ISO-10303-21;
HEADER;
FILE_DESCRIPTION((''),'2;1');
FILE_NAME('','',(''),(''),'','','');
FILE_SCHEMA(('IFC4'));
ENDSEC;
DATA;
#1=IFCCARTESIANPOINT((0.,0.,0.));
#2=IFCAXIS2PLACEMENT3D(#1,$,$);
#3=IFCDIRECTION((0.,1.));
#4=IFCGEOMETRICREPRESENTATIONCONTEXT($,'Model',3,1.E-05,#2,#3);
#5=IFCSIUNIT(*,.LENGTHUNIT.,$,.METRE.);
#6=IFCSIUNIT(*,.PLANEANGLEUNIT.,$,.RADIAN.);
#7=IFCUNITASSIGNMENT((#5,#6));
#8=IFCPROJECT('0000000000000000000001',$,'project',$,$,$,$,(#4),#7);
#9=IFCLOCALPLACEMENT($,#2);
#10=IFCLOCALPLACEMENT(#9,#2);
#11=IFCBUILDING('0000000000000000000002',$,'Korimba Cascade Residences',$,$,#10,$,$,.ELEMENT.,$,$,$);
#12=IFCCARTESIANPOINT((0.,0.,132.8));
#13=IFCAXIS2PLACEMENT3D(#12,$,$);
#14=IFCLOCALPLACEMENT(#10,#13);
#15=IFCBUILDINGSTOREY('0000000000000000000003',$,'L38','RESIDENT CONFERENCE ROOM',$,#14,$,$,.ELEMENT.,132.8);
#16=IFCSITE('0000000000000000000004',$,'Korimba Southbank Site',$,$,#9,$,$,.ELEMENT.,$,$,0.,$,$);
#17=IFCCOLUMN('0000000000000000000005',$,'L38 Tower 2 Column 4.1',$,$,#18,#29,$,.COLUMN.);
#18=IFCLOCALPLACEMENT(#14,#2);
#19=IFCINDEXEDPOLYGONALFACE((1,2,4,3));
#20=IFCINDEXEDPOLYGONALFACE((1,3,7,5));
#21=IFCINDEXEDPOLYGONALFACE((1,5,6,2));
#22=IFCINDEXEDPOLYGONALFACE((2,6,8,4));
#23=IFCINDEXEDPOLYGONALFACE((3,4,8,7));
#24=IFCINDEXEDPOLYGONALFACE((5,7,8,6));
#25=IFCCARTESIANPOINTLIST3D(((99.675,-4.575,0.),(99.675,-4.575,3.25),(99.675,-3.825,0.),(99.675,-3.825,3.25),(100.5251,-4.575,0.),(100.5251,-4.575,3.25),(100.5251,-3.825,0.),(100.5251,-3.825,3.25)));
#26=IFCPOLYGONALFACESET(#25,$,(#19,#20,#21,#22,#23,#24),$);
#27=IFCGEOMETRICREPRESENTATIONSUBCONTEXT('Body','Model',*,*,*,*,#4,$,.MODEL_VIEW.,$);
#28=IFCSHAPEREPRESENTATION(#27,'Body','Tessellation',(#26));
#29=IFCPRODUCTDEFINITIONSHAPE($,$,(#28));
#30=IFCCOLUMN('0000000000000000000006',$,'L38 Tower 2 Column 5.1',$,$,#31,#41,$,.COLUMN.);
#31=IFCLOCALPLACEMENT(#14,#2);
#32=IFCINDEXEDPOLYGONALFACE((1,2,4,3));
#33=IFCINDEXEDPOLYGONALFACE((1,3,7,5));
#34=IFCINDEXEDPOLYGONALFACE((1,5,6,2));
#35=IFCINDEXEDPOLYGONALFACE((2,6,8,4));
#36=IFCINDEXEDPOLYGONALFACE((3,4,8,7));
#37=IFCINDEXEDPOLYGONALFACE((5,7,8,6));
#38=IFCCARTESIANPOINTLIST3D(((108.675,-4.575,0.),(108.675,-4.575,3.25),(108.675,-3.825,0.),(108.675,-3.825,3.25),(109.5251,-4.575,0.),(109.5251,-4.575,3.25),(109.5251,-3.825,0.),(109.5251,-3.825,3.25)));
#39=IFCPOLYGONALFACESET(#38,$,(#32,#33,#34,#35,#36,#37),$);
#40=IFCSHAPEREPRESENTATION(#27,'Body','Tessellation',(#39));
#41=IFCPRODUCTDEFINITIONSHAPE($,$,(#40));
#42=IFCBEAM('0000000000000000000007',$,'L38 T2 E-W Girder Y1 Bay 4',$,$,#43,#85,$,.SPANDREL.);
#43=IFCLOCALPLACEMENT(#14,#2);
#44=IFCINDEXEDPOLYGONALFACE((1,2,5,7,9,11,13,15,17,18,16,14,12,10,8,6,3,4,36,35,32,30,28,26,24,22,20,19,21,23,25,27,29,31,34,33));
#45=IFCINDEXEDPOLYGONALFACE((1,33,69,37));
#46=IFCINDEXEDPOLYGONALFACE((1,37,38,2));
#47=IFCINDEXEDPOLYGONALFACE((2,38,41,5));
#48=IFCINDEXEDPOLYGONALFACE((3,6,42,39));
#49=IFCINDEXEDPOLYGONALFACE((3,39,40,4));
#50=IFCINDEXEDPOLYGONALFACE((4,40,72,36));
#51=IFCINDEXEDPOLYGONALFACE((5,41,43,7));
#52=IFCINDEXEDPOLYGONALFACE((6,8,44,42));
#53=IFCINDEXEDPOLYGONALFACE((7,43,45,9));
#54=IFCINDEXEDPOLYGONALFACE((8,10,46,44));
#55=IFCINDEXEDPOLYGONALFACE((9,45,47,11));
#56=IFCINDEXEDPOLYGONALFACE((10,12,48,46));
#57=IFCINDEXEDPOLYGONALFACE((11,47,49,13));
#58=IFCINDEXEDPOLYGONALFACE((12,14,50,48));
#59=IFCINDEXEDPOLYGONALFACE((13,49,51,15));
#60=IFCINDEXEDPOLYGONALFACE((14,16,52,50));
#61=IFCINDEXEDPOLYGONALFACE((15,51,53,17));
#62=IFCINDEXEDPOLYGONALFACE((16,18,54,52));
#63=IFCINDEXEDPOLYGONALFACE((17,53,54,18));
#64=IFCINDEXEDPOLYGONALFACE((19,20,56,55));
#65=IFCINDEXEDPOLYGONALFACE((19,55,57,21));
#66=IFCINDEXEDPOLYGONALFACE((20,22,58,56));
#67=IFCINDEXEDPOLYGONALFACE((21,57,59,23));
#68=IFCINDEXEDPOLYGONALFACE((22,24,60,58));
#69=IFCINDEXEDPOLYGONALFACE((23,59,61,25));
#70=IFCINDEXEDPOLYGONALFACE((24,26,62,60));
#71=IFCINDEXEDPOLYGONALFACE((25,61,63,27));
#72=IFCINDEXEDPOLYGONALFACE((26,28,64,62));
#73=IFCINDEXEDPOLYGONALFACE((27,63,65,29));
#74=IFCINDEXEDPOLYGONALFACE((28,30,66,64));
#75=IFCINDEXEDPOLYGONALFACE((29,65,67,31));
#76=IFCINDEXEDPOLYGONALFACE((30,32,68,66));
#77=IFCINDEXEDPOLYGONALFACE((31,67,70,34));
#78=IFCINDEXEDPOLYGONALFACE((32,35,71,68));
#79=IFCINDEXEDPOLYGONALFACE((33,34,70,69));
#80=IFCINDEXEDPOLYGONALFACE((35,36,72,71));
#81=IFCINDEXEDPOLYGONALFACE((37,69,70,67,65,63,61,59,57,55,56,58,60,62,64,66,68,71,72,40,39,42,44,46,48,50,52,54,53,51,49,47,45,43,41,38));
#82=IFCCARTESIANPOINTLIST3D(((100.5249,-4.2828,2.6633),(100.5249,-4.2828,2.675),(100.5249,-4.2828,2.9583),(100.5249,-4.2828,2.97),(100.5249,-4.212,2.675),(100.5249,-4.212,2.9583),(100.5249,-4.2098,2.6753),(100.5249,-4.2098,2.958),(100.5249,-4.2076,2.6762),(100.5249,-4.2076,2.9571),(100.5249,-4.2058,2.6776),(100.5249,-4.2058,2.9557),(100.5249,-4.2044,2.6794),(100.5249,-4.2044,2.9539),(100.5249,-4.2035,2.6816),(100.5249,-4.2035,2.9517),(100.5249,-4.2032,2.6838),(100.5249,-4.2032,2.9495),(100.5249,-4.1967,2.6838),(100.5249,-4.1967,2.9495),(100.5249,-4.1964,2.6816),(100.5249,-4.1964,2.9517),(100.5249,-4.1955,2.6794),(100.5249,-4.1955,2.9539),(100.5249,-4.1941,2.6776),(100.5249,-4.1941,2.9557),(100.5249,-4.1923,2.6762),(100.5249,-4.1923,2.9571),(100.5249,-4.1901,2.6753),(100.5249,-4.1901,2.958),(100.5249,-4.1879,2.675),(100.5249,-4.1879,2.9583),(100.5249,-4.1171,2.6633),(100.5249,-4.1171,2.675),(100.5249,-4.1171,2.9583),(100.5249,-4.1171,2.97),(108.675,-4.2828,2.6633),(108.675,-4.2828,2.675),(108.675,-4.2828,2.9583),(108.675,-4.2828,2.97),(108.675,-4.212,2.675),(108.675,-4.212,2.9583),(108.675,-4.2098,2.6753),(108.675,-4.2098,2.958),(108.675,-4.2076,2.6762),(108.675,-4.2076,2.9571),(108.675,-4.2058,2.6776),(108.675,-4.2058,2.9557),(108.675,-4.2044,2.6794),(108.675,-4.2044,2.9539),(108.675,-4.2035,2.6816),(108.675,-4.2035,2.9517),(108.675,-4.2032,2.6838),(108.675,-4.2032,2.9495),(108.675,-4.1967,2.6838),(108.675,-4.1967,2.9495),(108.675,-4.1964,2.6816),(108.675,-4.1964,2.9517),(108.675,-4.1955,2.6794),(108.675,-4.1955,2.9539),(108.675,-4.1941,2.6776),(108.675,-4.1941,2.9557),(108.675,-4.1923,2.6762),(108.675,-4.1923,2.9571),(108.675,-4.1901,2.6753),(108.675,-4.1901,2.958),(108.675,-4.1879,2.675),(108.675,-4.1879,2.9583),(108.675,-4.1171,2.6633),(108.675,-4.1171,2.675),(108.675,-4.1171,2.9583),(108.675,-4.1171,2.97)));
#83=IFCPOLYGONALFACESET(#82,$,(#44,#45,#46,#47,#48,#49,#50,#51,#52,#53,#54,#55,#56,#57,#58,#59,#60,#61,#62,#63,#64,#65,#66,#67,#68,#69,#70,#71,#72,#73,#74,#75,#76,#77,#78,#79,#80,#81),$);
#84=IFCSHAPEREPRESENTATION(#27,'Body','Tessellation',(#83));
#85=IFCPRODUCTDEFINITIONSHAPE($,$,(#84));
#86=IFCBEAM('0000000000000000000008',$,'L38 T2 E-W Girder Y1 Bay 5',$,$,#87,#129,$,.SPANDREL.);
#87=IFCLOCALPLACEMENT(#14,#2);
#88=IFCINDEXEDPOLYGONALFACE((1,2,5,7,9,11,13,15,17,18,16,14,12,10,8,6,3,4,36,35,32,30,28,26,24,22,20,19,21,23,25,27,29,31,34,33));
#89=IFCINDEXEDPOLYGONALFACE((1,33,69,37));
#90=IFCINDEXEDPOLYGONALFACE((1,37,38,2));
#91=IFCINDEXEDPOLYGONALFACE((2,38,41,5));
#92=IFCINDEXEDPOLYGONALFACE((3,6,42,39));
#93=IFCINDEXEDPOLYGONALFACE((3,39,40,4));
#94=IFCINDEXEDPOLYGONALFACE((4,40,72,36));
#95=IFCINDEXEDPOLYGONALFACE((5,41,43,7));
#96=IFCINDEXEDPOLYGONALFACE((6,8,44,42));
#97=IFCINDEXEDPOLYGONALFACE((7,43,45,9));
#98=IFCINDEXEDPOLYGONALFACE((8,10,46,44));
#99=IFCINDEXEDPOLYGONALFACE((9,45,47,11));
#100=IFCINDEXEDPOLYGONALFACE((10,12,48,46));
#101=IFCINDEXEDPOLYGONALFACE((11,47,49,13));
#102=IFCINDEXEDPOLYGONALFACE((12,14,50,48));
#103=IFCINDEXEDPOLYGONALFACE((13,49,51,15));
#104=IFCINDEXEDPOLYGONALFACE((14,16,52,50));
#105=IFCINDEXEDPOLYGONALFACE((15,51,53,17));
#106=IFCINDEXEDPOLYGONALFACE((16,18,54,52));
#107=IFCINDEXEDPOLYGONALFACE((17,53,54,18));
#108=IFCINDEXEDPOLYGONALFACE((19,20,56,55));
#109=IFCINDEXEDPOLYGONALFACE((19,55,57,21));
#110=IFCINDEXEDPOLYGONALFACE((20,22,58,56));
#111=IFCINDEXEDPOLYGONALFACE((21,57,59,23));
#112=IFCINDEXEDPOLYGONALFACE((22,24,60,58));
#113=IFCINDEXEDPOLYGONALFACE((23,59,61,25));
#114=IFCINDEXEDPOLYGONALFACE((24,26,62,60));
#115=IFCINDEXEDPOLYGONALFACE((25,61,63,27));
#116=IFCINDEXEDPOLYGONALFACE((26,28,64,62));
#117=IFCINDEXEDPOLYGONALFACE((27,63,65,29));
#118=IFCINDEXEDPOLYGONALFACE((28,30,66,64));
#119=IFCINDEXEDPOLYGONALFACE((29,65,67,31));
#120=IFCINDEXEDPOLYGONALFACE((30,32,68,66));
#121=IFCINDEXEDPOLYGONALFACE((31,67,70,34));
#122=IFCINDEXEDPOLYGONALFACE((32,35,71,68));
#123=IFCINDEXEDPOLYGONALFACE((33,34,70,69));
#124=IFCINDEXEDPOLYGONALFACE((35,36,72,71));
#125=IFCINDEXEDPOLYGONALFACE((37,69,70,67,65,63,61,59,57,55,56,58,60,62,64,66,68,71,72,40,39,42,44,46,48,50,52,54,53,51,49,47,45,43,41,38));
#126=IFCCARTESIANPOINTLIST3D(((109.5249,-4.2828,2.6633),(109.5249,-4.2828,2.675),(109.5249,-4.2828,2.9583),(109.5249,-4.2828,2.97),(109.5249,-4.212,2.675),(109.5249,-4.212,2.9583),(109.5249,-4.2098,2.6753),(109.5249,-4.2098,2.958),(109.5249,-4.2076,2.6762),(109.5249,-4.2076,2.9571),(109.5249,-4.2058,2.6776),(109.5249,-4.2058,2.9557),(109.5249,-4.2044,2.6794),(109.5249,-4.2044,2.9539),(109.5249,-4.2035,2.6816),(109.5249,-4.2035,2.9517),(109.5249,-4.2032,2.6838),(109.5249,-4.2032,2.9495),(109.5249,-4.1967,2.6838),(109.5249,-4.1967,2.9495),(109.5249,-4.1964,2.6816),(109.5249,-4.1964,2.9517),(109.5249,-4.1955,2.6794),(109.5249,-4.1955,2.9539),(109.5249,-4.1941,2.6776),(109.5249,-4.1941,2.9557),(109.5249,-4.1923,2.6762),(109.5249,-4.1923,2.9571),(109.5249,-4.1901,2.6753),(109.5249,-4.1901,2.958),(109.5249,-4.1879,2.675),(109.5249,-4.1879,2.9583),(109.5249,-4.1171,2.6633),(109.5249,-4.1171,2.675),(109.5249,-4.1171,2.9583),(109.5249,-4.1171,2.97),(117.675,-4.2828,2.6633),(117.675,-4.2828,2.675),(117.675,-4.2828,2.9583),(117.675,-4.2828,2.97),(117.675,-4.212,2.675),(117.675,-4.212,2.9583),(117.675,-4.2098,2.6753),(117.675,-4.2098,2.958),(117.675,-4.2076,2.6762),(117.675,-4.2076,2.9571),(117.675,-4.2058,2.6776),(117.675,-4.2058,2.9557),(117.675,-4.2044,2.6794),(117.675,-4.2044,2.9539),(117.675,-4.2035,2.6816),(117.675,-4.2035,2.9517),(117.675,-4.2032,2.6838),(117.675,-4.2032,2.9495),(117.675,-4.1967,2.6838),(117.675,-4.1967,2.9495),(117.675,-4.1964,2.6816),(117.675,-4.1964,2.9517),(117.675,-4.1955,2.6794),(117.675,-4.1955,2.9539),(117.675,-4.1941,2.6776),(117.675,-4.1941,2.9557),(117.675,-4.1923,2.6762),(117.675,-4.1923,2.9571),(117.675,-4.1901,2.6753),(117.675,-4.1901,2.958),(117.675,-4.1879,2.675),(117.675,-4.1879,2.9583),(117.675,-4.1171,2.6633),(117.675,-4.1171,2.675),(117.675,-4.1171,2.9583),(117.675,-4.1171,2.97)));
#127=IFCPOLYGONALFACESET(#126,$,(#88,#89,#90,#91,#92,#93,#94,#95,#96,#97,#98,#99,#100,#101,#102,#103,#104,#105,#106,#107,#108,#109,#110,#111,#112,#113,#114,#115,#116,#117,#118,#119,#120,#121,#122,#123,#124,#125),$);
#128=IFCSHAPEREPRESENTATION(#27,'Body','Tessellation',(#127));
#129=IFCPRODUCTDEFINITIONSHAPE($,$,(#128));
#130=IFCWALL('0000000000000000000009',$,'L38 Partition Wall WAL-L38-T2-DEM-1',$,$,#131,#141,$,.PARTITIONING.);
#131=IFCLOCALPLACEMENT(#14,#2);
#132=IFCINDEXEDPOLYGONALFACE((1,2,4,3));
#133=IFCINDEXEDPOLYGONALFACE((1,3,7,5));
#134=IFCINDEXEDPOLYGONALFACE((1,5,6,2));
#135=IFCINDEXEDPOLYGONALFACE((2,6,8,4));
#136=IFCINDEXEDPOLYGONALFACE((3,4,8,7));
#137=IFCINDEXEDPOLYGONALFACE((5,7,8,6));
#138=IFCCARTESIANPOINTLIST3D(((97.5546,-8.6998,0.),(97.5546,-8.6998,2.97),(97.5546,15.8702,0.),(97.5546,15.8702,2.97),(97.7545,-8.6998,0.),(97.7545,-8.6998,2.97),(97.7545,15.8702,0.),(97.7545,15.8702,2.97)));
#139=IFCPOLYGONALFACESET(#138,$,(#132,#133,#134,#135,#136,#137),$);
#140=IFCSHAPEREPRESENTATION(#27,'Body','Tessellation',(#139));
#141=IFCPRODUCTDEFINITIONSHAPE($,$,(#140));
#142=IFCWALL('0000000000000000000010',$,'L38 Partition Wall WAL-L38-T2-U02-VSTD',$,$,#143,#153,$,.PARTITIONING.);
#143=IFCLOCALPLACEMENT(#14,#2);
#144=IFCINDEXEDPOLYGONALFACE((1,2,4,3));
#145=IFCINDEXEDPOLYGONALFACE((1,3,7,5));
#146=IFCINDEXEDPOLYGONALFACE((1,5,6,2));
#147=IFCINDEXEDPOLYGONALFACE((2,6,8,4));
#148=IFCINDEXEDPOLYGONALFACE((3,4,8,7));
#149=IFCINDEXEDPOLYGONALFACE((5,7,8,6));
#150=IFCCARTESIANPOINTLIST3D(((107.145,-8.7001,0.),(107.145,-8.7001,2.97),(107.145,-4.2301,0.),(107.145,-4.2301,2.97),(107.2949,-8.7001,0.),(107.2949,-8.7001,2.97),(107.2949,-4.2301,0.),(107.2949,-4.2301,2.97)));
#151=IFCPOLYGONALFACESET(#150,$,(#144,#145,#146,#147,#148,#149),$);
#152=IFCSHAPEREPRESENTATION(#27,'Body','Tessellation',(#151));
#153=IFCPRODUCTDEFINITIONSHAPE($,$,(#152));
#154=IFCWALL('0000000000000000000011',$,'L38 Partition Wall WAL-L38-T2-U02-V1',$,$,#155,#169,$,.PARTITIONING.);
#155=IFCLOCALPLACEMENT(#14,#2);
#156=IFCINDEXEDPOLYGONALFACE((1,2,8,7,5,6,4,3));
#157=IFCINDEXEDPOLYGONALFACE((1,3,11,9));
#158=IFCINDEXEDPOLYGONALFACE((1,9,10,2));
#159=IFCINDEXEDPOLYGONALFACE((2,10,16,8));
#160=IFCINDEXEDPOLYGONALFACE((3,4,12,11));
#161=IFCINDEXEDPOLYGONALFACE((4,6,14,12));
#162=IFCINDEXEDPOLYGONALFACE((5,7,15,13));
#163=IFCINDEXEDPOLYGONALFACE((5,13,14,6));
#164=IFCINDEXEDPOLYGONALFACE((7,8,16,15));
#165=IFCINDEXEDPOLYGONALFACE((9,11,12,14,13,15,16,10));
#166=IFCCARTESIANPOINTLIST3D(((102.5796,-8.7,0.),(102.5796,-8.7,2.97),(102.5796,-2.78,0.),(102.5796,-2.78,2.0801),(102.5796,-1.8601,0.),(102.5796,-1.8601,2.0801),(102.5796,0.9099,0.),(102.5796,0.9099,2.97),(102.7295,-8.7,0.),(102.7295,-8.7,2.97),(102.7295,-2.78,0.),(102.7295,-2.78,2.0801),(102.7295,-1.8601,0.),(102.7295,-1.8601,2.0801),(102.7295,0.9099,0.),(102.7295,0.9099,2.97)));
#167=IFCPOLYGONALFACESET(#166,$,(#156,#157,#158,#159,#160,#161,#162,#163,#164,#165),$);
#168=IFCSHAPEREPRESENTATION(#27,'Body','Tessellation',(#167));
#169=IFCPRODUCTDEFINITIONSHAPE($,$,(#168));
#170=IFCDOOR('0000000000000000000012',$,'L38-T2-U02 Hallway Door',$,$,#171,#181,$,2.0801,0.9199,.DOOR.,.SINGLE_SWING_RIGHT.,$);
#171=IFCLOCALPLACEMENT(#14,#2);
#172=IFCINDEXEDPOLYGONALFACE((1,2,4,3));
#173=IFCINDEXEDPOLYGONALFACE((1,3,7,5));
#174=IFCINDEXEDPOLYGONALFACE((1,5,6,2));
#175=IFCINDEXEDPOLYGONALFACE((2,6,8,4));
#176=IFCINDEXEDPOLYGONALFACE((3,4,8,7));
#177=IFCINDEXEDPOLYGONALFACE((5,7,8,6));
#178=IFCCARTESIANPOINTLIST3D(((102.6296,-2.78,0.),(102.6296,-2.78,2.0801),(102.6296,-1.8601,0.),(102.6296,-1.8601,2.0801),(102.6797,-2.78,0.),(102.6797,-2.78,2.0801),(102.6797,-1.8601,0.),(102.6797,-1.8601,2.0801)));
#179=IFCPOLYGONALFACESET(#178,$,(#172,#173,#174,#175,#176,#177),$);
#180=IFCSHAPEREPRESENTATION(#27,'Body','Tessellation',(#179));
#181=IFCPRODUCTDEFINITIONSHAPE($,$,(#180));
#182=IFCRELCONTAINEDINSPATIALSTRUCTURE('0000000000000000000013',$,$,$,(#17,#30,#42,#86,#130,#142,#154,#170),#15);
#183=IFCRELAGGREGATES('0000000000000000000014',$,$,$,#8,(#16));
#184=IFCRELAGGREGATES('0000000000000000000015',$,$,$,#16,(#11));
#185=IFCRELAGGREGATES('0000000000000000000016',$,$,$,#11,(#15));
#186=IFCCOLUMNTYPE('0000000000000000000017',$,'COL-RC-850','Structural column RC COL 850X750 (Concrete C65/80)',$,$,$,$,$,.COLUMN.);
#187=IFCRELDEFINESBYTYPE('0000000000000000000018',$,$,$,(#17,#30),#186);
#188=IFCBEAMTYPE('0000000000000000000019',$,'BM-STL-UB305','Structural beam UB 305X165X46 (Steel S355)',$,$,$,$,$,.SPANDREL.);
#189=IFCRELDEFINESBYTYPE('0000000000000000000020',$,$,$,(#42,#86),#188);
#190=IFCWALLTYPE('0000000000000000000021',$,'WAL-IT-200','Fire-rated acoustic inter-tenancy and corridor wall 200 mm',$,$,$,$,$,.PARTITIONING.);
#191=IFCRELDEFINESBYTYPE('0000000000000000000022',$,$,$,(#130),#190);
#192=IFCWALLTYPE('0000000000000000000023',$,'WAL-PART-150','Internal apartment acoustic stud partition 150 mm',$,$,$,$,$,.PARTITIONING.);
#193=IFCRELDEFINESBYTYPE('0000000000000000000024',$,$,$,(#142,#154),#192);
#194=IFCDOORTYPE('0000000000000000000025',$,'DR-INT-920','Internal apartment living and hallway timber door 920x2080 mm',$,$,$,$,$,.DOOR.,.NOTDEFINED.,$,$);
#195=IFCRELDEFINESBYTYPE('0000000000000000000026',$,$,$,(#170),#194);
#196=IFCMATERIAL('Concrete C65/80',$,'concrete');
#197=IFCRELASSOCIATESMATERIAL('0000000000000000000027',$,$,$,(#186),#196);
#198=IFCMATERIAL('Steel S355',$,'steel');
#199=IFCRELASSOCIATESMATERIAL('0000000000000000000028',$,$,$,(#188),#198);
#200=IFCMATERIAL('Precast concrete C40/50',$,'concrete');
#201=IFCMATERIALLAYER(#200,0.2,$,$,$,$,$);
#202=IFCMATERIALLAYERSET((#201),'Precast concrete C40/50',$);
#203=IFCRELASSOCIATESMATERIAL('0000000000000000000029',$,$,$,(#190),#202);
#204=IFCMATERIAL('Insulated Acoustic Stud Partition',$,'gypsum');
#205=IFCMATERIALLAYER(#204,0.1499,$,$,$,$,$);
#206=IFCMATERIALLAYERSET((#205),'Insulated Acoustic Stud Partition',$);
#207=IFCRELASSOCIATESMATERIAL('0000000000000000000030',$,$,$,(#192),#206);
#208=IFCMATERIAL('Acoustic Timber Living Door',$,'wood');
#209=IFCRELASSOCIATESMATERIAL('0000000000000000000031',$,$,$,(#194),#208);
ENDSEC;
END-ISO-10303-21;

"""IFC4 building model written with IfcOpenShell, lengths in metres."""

from ifc_helpers import new_model, si_unit, direction, frame, frame_2d, origin, origin_2d, place, context, subcontext, project, spatial, rectangle, i_section, extrude, material, layer, layer_set, material_profile, profile_set, type_object, element, fill, save


model = new_model("IFC4")

# Units and contexts
model_context = context("Model", 3, precision=1e-05, world=origin(), true_north=direction((0.0, 1.0)))
body_context = subcontext(model_context, "Body", "Model", "MODEL_VIEW")
ifc_project = project(units=[si_unit("LENGTHUNIT", "METRE"), si_unit("PLANEANGLEUNIT", "RADIAN")], contexts=[model_context])

# Site, building, storey
site_placement = place(None, origin())
site = spatial("IfcSite", under=ifc_project, at=site_placement, Name="Korimba Southbank Site", CompositionType="ELEMENT", RefElevation=0.0)
building_placement = place(site_placement, origin())
building = spatial("IfcBuilding", under=site, at=building_placement, Name="Korimba Cascade Residences", CompositionType="ELEMENT")
storey_placement = place(building_placement, frame((0.0, 0.0, 132.8)))
storey = spatial("IfcBuildingStorey", under=building, at=storey_placement, Name="L38", Description="RESIDENT CONFERENCE ROOM", CompositionType="ELEMENT", Elevation=132.8)

# Columns
ifc_material_1 = material(Name="Concrete C65/80", Category="concrete")
ifc_material_profile_1 = material_profile(ifc_material_1, rectangle(XDim=0.8501, YDim=0.75, at=origin_2d()), Name="Concrete C65/80")
ifc_profile_set_1 = profile_set([ifc_material_profile_1], Name="Concrete C65/80")
column_type = type_object("IfcColumnType", Name="COL-RC-850", Description="Structural column RC COL 850X750 (Concrete C65/80)", PredefinedType="COLUMN", material=ifc_profile_set_1)
for number, where, z_axis, x_axis, name in (
    (1, (100.1001, -4.2, 0.0), (0.0, 0.0, 1.0), (1.0, 0.0, 0.0), "L38 Tower 2 Column 4.1"),
    (2, (109.1001, -4.2, 0.0), (0.0, 0.0, 1.0), (1.0, 0.0, 0.0), "L38 Tower 2 Column 5.1"),
):
    element("IfcColumn", number, at=place(storey_placement, frame(where, z_axis=z_axis, x_axis=x_axis)), inside=storey, type_object=column_type, Name=name, PredefinedType="COLUMN", context=body_context, shape_type="SweptSolid", body=[
        extrude(rectangle(XDim=0.8501, YDim=0.75, at=origin_2d()), origin(), (0.0, 0.0, 1.0), 3.25),
    ])

# Beams
ifc_material_2 = material(Name="Steel S355", Category="steel")
ifc_material_profile_2 = material_profile(ifc_material_2, i_section(OverallWidth=0.1658, OverallDepth=0.3066, WebThickness=0.0066, FlangeThickness=0.0117, FilletRadius=0.0088, at=origin_2d()), Name="Steel S355")
ifc_profile_set_2 = profile_set([ifc_material_profile_2], Name="Steel S355")
beam_type = type_object("IfcBeamType", Name="BM-STL-UB305", Description="Structural beam UB 305X165X46 (Steel S355)", PredefinedType="SPANDREL", material=ifc_profile_set_2)
for number, where, z_axis, x_axis, name in (
    (3, (100.5249, -4.2, 2.8167), (1.0, 0.0, 0.0), (0.0, 1.0, 0.0), "L38 T2 E-W Girder Y1 Bay 4"),
    (4, (109.5249, -4.2, 2.8167), (1.0, 0.0, 0.0), (0.0, 1.0, 0.0), "L38 T2 E-W Girder Y1 Bay 5"),
):
    element("IfcBeam", number, at=place(storey_placement, frame(where, z_axis=z_axis, x_axis=x_axis)), inside=storey, type_object=beam_type, Name=name, PredefinedType="SPANDREL", context=body_context, shape_type="SweptSolid", body=[
        extrude(i_section(OverallWidth=0.1658, OverallDepth=0.3066, WebThickness=0.0066, FlangeThickness=0.0117, FilletRadius=0.0088, at=origin_2d()), origin(), (0.0, 0.0, 1.0), 8.1501),
    ])

# Walls
ifc_material_3 = material(Name="Precast concrete C40/50", Category="concrete")
ifc_layer_1 = layer(ifc_material_3, 0.2)
ifc_layer_set_1 = layer_set([ifc_layer_1], Name="Precast concrete C40/50")
wall_type_1 = type_object("IfcWallType", Name="WAL-IT-200", Description="Fire-rated acoustic inter-tenancy and corridor wall 200 mm", PredefinedType="PARTITIONING", material=ifc_layer_set_1)
wall_1_placement = place(storey_placement, frame((97.6545, -8.7, 0.0), z_axis=(0.0, 0.0, 1.0), x_axis=(0.0, 1.0, 0.0)))
element("IfcWall", 5, at=wall_1_placement, inside=storey, type_object=wall_type_1, Name="L38 Partition Wall WAL-L38-T2-DEM-1", PredefinedType="PARTITIONING", context=body_context, shape_type="SweptSolid", body=[
    extrude(rectangle(XDim=24.5701, YDim=0.2, at=frame_2d((12.2852, 0.0))), origin(), (0.0, 0.0, 1.0), 2.97),
])
ifc_material_4 = material(Name="Insulated Acoustic Stud Partition", Category="gypsum")
ifc_layer_2 = layer(ifc_material_4, 0.1499)
ifc_layer_set_2 = layer_set([ifc_layer_2], Name="Insulated Acoustic Stud Partition")
wall_type_2 = type_object("IfcWallType", Name="WAL-PART-150", Description="Internal apartment acoustic stud partition 150 mm", PredefinedType="PARTITIONING", material=ifc_layer_set_2)
wall_2_placement = place(storey_placement, frame((107.22, -8.7, 0.0), z_axis=(0.0, 0.0, 1.0), x_axis=(0.0, 1.0, 0.0)))
element("IfcWall", 6, at=wall_2_placement, inside=storey, type_object=wall_type_2, Name="L38 Partition Wall WAL-L38-T2-U02-VSTD", PredefinedType="PARTITIONING", context=body_context, shape_type="SweptSolid", body=[
    extrude(rectangle(XDim=4.47, YDim=0.1499, at=frame_2d((2.2349, 0.0))), origin(), (0.0, 0.0, 1.0), 2.97),
])

# Wall, opening, door
wall_3_placement = place(storey_placement, frame((102.6545, -8.7, 0.0), z_axis=(0.0, 0.0, 1.0), x_axis=(0.0, 1.0, 0.0)))
wall_3 = element("IfcWall", 7, at=wall_3_placement, inside=storey, type_object=wall_type_2, Name="L38 Partition Wall WAL-L38-T2-U02-V1", PredefinedType="PARTITIONING", context=body_context, shape_type="SweptSolid", body=[
    extrude(rectangle(XDim=9.6099, YDim=0.1499, at=frame_2d((4.8049, 0.0))), origin(), (0.0, 0.0, 1.0), 2.97),
])
opening_1_placement = place(wall_3_placement, frame((5.9199, 0.0, 0.0)))
opening_1 = element("IfcOpeningElement", 8, at=opening_1_placement, cuts=wall_3, PredefinedType="OPENING", context=body_context, shape_type="SweptSolid", body=[
    extrude(rectangle(XDim=0.9199, YDim=2.0801, at=frame_2d((0.46, 1.04))), frame((0.0, 0.085, 0.0), z_axis=(0.0, -1.0, 0.0), x_axis=(1.0, 0.0, 0.0)), (0.0, 0.0, 1.0), 0.1699),
])
ifc_material_5 = material(Name="Acoustic Timber Living Door", Category="wood")
door_type = type_object("IfcDoorType", Name="DR-INT-920", Description="Internal apartment living and hallway timber door 920x2080 mm", OperationType="NOTDEFINED", PredefinedType="DOOR", material=ifc_material_5)
door_1_placement = place(opening_1_placement, origin())
door_1 = element("IfcDoor", 9, at=door_1_placement, inside=storey, type_object=door_type, Name="L38-T2-U02 Hallway Door", OperationType="SINGLE_SWING_RIGHT", OverallHeight=2.0801, OverallWidth=0.9199, PredefinedType="DOOR", context=body_context, shape_type="SweptSolid", body=[
    extrude(rectangle(XDim=0.9199, YDim=2.0801, at=frame_2d((0.46, 1.04))), frame((0.0, 0.0249, 0.0), z_axis=(0.0, -1.0, 0.0), x_axis=(1.0, 0.0, 0.0)), (0.0, 0.0, 1.0), 0.05),
])
fill(opening_1, door_1)

save(model, "model.ifc")
